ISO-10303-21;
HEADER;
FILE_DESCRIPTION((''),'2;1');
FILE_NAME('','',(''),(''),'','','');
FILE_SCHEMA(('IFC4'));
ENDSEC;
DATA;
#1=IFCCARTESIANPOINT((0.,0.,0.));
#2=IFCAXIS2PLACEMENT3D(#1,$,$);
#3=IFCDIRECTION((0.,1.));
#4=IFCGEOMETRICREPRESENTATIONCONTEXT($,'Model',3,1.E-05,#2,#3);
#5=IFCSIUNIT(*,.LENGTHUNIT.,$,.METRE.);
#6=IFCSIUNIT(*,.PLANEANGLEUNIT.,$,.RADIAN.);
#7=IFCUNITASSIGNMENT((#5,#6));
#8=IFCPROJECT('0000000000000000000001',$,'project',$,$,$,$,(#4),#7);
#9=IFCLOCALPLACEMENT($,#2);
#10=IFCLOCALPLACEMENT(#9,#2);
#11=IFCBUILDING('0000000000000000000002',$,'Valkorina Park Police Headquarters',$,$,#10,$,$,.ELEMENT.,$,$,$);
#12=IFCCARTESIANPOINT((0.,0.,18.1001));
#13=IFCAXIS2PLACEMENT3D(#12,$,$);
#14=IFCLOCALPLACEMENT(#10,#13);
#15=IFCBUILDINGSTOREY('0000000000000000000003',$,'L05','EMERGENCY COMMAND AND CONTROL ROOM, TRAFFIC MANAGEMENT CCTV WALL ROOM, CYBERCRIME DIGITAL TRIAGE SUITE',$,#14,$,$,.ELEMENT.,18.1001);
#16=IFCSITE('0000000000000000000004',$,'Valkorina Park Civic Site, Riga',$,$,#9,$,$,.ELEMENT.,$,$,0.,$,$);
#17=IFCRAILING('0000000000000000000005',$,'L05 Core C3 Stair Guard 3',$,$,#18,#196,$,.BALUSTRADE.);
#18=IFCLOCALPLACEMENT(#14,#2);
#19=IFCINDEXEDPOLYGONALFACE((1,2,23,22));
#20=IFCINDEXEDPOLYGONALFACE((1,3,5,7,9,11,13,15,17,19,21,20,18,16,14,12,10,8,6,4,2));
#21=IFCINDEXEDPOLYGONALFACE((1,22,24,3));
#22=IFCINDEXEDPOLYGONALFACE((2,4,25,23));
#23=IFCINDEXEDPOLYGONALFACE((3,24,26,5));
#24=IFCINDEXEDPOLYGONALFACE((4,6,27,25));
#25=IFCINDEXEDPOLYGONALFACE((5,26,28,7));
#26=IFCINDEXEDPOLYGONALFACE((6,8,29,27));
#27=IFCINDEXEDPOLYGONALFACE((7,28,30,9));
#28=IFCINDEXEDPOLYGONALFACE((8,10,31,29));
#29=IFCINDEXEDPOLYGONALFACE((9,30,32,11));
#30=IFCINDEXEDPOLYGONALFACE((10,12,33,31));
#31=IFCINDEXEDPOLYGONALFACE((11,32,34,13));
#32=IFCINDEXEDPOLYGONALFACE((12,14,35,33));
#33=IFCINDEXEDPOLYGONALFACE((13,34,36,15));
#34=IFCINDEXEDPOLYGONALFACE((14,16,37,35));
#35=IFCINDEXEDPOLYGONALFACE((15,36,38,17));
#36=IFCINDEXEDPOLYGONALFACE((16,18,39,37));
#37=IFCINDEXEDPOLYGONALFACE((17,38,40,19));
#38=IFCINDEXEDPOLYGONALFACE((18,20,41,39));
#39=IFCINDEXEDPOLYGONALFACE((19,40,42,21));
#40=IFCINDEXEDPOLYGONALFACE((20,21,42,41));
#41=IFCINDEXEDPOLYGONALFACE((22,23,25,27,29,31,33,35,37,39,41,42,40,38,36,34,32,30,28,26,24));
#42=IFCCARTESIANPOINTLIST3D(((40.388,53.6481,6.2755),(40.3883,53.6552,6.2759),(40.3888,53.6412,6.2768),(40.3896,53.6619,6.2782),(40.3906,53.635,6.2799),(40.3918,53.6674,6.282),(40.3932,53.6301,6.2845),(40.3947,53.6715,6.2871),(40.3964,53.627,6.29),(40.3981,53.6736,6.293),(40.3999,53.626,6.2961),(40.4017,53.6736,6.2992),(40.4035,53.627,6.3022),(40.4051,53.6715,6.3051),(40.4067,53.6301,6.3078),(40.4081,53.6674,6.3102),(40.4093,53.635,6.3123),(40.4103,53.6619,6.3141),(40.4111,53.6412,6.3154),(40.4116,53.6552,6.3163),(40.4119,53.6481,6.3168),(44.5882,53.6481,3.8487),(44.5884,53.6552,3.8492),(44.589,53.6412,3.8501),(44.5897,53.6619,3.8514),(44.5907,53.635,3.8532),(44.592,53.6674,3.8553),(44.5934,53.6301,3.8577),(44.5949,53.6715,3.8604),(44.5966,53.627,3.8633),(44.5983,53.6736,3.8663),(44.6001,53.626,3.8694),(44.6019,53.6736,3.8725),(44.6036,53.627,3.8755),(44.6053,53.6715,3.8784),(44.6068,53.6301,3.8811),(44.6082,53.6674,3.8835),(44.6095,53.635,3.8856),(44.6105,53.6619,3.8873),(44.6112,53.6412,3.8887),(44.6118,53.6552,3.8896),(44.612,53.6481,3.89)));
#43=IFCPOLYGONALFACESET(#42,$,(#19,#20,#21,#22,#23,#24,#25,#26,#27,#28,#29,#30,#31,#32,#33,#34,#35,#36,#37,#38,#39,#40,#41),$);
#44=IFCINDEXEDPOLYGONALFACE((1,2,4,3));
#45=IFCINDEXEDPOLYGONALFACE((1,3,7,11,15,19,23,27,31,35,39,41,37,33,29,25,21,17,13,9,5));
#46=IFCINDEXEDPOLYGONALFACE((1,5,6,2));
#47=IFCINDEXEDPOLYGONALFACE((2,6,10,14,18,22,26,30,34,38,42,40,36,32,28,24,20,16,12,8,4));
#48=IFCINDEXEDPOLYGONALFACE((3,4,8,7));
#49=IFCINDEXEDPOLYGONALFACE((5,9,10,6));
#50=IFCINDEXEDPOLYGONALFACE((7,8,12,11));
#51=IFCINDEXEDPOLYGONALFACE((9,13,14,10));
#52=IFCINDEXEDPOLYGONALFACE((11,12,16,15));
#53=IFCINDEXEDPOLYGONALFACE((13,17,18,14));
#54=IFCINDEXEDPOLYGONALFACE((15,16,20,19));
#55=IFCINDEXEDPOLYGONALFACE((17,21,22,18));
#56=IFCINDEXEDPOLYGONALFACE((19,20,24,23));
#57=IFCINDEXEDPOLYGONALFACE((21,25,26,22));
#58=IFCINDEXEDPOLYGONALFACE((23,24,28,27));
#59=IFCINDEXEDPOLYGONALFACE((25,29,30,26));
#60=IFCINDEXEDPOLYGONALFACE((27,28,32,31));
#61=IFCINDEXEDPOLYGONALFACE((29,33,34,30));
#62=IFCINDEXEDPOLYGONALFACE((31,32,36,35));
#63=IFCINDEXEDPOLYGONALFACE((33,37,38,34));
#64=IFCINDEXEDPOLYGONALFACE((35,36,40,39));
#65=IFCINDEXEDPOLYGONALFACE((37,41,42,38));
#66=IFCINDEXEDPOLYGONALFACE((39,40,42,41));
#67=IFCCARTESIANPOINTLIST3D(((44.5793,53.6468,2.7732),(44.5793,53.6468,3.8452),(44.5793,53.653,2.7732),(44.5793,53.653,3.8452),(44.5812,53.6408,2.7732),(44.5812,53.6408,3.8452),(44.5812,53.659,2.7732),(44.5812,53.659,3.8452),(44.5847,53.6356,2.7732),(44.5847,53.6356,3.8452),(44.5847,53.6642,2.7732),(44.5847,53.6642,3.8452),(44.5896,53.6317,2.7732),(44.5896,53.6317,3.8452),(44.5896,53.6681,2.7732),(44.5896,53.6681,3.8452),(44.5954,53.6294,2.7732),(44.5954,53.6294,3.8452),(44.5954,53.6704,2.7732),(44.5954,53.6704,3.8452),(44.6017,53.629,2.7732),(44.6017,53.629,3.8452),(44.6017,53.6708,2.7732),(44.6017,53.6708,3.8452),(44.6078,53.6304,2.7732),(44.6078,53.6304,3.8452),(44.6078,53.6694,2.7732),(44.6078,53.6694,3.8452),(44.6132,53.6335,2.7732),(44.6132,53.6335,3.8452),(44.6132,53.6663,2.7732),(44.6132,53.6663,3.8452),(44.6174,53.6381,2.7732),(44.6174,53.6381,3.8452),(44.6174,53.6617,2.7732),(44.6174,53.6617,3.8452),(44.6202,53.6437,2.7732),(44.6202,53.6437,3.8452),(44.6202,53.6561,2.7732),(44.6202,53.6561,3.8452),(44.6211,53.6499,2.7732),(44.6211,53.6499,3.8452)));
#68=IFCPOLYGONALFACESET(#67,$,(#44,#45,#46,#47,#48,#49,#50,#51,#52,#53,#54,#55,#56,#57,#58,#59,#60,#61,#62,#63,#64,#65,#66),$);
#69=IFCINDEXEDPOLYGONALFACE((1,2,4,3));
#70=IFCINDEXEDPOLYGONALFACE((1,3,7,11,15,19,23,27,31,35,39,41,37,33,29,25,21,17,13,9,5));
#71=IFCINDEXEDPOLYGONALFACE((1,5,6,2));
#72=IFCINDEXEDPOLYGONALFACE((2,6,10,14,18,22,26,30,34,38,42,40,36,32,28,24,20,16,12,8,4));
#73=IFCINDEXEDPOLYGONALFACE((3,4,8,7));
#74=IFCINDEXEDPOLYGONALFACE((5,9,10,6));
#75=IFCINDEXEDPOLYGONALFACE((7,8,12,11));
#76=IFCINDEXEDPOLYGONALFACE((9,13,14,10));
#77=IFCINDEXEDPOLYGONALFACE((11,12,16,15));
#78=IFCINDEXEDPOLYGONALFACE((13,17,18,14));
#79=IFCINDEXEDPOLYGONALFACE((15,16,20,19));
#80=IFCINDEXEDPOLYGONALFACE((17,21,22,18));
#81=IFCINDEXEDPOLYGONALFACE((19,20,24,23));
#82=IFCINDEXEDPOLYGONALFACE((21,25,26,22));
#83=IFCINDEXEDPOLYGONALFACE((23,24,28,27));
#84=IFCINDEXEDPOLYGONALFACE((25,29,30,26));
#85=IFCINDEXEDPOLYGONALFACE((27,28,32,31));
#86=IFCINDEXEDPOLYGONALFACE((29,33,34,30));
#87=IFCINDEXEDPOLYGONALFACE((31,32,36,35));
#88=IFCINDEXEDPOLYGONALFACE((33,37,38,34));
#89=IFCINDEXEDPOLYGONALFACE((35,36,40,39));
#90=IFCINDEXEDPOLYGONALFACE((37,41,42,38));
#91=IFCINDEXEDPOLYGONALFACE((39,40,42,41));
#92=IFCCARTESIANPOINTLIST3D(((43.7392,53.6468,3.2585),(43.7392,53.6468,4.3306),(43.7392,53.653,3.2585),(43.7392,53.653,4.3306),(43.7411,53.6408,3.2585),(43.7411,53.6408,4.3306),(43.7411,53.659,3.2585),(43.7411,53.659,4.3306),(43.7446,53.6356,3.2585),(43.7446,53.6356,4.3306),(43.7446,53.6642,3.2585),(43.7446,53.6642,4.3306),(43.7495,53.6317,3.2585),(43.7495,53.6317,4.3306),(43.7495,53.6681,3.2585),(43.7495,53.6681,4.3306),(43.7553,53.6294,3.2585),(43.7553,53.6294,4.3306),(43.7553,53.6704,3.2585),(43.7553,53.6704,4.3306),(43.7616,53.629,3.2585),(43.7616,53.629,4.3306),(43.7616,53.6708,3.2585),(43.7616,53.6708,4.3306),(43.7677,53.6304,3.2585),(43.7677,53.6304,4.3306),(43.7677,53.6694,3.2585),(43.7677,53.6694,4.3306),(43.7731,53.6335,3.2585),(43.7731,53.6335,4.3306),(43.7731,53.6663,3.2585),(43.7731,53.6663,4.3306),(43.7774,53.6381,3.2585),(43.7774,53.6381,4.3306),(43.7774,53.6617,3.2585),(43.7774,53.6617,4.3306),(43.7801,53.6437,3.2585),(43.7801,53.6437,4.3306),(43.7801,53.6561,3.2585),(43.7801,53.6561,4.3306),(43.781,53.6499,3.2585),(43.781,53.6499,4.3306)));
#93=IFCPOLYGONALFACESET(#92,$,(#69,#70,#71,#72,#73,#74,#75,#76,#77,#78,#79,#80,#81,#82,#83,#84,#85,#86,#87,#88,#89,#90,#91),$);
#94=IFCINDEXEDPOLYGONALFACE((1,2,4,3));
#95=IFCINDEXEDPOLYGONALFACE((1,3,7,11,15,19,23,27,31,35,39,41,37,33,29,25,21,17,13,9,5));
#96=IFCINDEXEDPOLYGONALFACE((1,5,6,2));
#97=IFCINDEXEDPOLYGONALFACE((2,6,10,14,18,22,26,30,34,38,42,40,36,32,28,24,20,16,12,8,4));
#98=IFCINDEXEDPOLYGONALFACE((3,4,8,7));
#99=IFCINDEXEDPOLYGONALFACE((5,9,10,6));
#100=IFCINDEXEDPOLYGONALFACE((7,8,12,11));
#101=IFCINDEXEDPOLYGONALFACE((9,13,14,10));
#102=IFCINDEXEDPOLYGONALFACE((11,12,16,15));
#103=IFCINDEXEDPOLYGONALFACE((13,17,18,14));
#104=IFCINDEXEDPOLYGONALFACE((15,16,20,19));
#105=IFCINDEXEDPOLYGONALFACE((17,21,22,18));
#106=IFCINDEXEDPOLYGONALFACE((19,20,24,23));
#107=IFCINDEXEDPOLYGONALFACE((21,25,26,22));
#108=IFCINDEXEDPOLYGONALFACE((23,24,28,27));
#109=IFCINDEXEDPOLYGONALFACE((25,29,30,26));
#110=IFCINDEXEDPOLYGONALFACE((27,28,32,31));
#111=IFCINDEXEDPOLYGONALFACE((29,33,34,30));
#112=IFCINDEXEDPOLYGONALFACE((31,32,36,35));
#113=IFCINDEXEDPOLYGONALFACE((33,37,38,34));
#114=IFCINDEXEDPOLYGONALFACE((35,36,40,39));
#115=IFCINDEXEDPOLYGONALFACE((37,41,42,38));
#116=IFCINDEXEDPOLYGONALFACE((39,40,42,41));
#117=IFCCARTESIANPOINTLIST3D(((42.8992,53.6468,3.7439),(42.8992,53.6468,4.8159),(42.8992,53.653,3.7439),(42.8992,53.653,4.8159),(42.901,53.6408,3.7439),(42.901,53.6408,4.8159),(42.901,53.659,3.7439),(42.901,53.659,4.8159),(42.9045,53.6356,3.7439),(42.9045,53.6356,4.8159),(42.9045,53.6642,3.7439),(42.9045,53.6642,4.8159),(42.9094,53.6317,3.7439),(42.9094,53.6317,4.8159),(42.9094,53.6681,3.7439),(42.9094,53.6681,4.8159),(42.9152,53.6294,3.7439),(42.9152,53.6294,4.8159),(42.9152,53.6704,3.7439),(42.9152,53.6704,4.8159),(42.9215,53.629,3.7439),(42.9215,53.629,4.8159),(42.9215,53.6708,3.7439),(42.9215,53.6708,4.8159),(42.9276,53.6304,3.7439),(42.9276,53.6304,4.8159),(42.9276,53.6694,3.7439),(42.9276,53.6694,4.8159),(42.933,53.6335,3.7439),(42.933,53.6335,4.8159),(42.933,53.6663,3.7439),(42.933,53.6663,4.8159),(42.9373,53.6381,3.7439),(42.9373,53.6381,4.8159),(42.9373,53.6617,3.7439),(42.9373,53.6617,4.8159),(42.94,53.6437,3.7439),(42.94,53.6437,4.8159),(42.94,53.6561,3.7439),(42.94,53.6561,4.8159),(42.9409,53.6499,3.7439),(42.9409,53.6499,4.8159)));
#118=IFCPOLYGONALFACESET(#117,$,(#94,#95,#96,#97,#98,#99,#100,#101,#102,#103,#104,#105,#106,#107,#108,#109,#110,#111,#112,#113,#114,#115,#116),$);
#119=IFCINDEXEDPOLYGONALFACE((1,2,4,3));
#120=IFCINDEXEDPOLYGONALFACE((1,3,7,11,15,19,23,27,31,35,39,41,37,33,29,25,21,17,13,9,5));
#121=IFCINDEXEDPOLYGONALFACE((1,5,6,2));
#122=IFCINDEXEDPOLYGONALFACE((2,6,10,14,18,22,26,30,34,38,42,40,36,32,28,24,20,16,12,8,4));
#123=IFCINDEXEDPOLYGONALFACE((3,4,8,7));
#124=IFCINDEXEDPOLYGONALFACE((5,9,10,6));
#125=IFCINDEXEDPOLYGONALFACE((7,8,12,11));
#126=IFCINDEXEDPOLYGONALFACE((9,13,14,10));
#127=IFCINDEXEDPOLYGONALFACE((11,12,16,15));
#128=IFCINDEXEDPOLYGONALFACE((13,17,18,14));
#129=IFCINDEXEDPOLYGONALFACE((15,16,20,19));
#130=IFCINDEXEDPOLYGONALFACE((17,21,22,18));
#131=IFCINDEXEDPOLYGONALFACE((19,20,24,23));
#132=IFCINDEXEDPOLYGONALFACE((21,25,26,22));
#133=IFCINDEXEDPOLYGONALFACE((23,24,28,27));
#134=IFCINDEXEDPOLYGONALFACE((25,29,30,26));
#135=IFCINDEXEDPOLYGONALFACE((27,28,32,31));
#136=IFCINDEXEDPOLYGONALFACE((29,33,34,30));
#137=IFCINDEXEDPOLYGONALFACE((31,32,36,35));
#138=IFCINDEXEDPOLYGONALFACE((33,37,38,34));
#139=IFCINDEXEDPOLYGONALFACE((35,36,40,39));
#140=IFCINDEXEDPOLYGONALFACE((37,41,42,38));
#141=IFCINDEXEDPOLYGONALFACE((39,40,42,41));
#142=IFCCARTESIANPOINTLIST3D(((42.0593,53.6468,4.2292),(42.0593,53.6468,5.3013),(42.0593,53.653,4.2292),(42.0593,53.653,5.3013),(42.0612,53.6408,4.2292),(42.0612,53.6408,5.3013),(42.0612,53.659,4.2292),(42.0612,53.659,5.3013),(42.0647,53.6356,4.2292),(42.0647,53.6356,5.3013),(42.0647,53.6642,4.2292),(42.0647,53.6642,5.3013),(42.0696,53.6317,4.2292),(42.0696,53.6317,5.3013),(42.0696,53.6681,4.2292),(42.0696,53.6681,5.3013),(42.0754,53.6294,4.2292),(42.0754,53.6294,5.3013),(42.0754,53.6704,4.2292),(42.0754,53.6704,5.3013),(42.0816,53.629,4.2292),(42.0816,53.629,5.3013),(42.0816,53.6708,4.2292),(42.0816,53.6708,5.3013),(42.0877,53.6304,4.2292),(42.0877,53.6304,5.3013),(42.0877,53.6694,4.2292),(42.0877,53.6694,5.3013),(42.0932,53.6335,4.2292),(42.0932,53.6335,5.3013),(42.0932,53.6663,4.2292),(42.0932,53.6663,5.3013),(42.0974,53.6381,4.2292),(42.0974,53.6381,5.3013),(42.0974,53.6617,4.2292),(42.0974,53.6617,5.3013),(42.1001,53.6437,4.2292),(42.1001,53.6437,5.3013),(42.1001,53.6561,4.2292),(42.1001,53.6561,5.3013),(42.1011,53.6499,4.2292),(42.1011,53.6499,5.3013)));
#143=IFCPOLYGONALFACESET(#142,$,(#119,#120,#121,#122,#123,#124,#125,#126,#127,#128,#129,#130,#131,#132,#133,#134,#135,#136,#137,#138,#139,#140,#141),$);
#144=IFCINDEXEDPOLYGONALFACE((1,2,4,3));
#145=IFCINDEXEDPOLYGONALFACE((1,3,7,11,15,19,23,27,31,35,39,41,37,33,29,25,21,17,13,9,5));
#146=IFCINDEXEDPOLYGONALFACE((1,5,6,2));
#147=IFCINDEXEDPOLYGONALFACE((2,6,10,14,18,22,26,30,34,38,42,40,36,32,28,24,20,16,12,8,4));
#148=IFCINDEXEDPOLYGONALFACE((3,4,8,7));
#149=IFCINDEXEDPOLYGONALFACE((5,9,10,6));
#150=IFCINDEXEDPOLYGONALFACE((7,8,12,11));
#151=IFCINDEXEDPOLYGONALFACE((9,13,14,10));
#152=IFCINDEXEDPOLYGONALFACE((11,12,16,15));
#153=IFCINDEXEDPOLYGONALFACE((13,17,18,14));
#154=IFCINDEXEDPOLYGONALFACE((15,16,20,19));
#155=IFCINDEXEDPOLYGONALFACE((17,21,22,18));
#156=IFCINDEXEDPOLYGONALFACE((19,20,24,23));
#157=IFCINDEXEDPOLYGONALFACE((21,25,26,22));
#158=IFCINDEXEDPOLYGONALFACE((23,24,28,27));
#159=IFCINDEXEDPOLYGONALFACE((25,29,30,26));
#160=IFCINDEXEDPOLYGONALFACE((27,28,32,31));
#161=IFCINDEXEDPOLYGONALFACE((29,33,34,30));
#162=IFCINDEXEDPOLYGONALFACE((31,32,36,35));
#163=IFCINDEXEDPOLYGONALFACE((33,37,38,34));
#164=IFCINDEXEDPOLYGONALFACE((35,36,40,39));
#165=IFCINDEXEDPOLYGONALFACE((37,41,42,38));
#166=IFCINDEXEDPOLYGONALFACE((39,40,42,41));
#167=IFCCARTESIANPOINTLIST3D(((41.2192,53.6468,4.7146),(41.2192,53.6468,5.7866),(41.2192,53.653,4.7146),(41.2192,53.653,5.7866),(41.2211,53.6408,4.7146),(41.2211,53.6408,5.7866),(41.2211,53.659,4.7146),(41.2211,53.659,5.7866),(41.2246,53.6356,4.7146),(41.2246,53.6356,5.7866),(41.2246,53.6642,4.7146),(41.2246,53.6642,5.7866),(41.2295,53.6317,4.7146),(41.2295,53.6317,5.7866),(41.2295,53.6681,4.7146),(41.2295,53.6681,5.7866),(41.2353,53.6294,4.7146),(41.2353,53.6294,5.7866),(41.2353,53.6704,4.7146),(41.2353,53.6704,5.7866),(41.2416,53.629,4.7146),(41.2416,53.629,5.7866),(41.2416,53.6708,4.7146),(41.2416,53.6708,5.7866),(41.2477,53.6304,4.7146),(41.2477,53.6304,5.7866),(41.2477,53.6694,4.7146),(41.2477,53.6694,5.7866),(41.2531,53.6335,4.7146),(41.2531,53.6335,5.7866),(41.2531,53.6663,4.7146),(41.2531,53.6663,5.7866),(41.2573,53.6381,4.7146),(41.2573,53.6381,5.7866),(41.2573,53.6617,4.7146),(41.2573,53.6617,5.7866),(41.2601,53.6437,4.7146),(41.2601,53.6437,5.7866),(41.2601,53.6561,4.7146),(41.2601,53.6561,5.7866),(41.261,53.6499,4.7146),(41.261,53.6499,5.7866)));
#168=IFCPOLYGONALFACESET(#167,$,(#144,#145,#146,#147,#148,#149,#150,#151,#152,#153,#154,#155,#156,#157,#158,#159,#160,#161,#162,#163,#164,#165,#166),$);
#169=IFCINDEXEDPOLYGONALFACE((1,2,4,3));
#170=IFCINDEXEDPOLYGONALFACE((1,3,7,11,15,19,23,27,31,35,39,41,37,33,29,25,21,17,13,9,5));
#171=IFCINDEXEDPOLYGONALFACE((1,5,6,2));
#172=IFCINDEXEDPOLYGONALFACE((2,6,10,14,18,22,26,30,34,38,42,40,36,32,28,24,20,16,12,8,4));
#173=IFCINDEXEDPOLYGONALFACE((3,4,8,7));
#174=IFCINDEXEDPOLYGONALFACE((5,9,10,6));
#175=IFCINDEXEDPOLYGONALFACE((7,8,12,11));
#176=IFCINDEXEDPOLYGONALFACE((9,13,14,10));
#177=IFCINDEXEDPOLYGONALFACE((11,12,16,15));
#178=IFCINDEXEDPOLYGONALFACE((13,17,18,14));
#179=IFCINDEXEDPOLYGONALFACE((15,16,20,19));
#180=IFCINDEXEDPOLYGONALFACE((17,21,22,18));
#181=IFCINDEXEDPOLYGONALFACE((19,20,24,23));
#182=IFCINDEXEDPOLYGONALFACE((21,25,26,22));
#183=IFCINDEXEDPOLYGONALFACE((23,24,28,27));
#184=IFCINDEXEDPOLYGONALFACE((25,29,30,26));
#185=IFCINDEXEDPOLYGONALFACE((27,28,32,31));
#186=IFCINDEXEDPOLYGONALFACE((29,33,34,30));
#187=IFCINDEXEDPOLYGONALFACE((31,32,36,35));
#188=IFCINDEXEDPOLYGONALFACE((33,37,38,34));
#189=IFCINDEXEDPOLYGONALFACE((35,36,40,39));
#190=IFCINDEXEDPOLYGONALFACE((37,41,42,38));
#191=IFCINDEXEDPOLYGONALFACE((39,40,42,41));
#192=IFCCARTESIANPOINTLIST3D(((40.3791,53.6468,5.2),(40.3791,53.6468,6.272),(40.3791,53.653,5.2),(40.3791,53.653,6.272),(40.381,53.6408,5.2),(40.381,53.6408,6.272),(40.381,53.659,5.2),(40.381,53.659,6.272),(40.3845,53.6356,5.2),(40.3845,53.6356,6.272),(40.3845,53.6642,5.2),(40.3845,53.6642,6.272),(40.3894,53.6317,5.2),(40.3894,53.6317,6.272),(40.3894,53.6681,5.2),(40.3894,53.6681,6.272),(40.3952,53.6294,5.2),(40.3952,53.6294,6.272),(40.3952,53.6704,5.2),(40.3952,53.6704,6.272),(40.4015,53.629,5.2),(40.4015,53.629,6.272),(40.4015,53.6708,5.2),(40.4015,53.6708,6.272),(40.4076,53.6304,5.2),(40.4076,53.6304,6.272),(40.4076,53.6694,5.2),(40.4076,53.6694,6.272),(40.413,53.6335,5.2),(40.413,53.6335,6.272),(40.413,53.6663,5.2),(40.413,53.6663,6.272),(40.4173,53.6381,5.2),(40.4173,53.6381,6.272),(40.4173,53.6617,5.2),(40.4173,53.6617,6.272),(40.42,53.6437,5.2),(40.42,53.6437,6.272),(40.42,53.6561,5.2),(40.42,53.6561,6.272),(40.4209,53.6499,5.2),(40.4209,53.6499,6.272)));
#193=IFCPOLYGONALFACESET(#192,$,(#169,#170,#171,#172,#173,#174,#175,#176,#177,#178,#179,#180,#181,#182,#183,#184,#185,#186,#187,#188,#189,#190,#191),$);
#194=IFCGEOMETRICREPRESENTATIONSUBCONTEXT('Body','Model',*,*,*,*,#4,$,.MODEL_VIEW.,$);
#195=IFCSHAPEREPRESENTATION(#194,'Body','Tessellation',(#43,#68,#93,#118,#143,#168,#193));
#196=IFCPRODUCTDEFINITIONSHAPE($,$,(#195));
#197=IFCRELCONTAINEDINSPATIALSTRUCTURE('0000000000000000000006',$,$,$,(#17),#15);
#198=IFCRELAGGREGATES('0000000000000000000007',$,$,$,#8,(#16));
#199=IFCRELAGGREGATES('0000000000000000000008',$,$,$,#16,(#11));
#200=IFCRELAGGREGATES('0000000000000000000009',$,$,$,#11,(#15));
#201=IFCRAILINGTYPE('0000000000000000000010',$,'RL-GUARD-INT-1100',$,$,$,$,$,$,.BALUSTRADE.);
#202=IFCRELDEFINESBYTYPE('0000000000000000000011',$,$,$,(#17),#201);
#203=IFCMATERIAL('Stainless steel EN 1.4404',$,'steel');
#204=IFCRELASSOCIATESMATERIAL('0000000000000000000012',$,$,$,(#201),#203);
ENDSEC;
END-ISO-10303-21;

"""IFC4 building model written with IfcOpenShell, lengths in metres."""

from ifc_helpers import new_model, si_unit, direction, frame, origin, origin_2d, place, context, subcontext, project, spatial, circle, extrude, material, type_object, element, save


model = new_model("IFC4")

# Units and contexts
model_context = context("Model", 3, precision=1e-05, world=origin(), true_north=direction((0.0, 1.0)))
body_context = subcontext(model_context, "Body", "Model", "MODEL_VIEW")
ifc_project = project(units=[si_unit("LENGTHUNIT", "METRE"), si_unit("PLANEANGLEUNIT", "RADIAN")], contexts=[model_context])

# Site, building, storey
site_placement = place(None, origin())
site = spatial("IfcSite", under=ifc_project, at=site_placement, Name="Valkorina Park Civic Site, Riga", CompositionType="ELEMENT", RefElevation=0.0)
building_placement = place(site_placement, origin())
building = spatial("IfcBuilding", under=site, at=building_placement, Name="Valkorina Park Police Headquarters", CompositionType="ELEMENT")
storey_placement = place(building_placement, frame((0.0, 0.0, 18.1001)))
storey = spatial("IfcBuildingStorey", under=building, at=storey_placement, Name="L05", Description="EMERGENCY COMMAND AND CONTROL ROOM, TRAFFIC MANAGEMENT CCTV WALL ROOM, CYBERCRIME DIGITAL TRIAGE SUITE", CompositionType="ELEMENT", Elevation=18.1001)

# Railing
ifc_material_1 = material(Name="Stainless steel EN 1.4404", Category="steel")
railing_type_1 = type_object("IfcRailingType", Name="RL-GUARD-INT-1100", PredefinedType="BALUSTRADE", material=ifc_material_1)
railing_1_placement = place(storey_placement, frame((44.6001, 53.6499, 2.7732)))
element("IfcRailing", 1, at=railing_1_placement, inside=storey, type_object=railing_type_1, Name="L05 Core C3 Stair Guard 3", PredefinedType="BALUSTRADE", context=body_context, shape_type="SweptSolid", body=[
    extrude(circle(Radius=0.0239, at=origin_2d()), frame((0.0, 0.0, 1.0962), z_axis=(-0.865867, 0.0, 0.500274), x_axis=(0.0, -1.0, 0.0)), (0.0, 0.0, 1.0), 4.8508),
    extrude(circle(Radius=0.021, at=origin_2d()), origin(), (0.0, 0.0, 1.0), 1.072),
    extrude(circle(Radius=0.021, at=origin_2d()), frame((-0.8401, 0.0, 0.4854)), (0.0, 0.0, 1.0), 1.072),
    extrude(circle(Radius=0.021, at=origin_2d()), frame((-1.6802, 0.0, 0.9707)), (0.0, 0.0, 1.0), 1.072),
    extrude(circle(Radius=0.021, at=origin_2d()), frame((-2.52, 0.0, 1.4561)), (0.0, 0.0, 1.0), 1.072),
    extrude(circle(Radius=0.021, at=origin_2d()), frame((-3.3601, 0.0, 1.9414)), (0.0, 0.0, 1.0), 1.072),
    extrude(circle(Radius=0.021, at=origin_2d()), frame((-4.2002, 0.0, 2.4268)), (0.0, 0.0, 1.0), 1.072),
])

save(model, "model.ifc")
